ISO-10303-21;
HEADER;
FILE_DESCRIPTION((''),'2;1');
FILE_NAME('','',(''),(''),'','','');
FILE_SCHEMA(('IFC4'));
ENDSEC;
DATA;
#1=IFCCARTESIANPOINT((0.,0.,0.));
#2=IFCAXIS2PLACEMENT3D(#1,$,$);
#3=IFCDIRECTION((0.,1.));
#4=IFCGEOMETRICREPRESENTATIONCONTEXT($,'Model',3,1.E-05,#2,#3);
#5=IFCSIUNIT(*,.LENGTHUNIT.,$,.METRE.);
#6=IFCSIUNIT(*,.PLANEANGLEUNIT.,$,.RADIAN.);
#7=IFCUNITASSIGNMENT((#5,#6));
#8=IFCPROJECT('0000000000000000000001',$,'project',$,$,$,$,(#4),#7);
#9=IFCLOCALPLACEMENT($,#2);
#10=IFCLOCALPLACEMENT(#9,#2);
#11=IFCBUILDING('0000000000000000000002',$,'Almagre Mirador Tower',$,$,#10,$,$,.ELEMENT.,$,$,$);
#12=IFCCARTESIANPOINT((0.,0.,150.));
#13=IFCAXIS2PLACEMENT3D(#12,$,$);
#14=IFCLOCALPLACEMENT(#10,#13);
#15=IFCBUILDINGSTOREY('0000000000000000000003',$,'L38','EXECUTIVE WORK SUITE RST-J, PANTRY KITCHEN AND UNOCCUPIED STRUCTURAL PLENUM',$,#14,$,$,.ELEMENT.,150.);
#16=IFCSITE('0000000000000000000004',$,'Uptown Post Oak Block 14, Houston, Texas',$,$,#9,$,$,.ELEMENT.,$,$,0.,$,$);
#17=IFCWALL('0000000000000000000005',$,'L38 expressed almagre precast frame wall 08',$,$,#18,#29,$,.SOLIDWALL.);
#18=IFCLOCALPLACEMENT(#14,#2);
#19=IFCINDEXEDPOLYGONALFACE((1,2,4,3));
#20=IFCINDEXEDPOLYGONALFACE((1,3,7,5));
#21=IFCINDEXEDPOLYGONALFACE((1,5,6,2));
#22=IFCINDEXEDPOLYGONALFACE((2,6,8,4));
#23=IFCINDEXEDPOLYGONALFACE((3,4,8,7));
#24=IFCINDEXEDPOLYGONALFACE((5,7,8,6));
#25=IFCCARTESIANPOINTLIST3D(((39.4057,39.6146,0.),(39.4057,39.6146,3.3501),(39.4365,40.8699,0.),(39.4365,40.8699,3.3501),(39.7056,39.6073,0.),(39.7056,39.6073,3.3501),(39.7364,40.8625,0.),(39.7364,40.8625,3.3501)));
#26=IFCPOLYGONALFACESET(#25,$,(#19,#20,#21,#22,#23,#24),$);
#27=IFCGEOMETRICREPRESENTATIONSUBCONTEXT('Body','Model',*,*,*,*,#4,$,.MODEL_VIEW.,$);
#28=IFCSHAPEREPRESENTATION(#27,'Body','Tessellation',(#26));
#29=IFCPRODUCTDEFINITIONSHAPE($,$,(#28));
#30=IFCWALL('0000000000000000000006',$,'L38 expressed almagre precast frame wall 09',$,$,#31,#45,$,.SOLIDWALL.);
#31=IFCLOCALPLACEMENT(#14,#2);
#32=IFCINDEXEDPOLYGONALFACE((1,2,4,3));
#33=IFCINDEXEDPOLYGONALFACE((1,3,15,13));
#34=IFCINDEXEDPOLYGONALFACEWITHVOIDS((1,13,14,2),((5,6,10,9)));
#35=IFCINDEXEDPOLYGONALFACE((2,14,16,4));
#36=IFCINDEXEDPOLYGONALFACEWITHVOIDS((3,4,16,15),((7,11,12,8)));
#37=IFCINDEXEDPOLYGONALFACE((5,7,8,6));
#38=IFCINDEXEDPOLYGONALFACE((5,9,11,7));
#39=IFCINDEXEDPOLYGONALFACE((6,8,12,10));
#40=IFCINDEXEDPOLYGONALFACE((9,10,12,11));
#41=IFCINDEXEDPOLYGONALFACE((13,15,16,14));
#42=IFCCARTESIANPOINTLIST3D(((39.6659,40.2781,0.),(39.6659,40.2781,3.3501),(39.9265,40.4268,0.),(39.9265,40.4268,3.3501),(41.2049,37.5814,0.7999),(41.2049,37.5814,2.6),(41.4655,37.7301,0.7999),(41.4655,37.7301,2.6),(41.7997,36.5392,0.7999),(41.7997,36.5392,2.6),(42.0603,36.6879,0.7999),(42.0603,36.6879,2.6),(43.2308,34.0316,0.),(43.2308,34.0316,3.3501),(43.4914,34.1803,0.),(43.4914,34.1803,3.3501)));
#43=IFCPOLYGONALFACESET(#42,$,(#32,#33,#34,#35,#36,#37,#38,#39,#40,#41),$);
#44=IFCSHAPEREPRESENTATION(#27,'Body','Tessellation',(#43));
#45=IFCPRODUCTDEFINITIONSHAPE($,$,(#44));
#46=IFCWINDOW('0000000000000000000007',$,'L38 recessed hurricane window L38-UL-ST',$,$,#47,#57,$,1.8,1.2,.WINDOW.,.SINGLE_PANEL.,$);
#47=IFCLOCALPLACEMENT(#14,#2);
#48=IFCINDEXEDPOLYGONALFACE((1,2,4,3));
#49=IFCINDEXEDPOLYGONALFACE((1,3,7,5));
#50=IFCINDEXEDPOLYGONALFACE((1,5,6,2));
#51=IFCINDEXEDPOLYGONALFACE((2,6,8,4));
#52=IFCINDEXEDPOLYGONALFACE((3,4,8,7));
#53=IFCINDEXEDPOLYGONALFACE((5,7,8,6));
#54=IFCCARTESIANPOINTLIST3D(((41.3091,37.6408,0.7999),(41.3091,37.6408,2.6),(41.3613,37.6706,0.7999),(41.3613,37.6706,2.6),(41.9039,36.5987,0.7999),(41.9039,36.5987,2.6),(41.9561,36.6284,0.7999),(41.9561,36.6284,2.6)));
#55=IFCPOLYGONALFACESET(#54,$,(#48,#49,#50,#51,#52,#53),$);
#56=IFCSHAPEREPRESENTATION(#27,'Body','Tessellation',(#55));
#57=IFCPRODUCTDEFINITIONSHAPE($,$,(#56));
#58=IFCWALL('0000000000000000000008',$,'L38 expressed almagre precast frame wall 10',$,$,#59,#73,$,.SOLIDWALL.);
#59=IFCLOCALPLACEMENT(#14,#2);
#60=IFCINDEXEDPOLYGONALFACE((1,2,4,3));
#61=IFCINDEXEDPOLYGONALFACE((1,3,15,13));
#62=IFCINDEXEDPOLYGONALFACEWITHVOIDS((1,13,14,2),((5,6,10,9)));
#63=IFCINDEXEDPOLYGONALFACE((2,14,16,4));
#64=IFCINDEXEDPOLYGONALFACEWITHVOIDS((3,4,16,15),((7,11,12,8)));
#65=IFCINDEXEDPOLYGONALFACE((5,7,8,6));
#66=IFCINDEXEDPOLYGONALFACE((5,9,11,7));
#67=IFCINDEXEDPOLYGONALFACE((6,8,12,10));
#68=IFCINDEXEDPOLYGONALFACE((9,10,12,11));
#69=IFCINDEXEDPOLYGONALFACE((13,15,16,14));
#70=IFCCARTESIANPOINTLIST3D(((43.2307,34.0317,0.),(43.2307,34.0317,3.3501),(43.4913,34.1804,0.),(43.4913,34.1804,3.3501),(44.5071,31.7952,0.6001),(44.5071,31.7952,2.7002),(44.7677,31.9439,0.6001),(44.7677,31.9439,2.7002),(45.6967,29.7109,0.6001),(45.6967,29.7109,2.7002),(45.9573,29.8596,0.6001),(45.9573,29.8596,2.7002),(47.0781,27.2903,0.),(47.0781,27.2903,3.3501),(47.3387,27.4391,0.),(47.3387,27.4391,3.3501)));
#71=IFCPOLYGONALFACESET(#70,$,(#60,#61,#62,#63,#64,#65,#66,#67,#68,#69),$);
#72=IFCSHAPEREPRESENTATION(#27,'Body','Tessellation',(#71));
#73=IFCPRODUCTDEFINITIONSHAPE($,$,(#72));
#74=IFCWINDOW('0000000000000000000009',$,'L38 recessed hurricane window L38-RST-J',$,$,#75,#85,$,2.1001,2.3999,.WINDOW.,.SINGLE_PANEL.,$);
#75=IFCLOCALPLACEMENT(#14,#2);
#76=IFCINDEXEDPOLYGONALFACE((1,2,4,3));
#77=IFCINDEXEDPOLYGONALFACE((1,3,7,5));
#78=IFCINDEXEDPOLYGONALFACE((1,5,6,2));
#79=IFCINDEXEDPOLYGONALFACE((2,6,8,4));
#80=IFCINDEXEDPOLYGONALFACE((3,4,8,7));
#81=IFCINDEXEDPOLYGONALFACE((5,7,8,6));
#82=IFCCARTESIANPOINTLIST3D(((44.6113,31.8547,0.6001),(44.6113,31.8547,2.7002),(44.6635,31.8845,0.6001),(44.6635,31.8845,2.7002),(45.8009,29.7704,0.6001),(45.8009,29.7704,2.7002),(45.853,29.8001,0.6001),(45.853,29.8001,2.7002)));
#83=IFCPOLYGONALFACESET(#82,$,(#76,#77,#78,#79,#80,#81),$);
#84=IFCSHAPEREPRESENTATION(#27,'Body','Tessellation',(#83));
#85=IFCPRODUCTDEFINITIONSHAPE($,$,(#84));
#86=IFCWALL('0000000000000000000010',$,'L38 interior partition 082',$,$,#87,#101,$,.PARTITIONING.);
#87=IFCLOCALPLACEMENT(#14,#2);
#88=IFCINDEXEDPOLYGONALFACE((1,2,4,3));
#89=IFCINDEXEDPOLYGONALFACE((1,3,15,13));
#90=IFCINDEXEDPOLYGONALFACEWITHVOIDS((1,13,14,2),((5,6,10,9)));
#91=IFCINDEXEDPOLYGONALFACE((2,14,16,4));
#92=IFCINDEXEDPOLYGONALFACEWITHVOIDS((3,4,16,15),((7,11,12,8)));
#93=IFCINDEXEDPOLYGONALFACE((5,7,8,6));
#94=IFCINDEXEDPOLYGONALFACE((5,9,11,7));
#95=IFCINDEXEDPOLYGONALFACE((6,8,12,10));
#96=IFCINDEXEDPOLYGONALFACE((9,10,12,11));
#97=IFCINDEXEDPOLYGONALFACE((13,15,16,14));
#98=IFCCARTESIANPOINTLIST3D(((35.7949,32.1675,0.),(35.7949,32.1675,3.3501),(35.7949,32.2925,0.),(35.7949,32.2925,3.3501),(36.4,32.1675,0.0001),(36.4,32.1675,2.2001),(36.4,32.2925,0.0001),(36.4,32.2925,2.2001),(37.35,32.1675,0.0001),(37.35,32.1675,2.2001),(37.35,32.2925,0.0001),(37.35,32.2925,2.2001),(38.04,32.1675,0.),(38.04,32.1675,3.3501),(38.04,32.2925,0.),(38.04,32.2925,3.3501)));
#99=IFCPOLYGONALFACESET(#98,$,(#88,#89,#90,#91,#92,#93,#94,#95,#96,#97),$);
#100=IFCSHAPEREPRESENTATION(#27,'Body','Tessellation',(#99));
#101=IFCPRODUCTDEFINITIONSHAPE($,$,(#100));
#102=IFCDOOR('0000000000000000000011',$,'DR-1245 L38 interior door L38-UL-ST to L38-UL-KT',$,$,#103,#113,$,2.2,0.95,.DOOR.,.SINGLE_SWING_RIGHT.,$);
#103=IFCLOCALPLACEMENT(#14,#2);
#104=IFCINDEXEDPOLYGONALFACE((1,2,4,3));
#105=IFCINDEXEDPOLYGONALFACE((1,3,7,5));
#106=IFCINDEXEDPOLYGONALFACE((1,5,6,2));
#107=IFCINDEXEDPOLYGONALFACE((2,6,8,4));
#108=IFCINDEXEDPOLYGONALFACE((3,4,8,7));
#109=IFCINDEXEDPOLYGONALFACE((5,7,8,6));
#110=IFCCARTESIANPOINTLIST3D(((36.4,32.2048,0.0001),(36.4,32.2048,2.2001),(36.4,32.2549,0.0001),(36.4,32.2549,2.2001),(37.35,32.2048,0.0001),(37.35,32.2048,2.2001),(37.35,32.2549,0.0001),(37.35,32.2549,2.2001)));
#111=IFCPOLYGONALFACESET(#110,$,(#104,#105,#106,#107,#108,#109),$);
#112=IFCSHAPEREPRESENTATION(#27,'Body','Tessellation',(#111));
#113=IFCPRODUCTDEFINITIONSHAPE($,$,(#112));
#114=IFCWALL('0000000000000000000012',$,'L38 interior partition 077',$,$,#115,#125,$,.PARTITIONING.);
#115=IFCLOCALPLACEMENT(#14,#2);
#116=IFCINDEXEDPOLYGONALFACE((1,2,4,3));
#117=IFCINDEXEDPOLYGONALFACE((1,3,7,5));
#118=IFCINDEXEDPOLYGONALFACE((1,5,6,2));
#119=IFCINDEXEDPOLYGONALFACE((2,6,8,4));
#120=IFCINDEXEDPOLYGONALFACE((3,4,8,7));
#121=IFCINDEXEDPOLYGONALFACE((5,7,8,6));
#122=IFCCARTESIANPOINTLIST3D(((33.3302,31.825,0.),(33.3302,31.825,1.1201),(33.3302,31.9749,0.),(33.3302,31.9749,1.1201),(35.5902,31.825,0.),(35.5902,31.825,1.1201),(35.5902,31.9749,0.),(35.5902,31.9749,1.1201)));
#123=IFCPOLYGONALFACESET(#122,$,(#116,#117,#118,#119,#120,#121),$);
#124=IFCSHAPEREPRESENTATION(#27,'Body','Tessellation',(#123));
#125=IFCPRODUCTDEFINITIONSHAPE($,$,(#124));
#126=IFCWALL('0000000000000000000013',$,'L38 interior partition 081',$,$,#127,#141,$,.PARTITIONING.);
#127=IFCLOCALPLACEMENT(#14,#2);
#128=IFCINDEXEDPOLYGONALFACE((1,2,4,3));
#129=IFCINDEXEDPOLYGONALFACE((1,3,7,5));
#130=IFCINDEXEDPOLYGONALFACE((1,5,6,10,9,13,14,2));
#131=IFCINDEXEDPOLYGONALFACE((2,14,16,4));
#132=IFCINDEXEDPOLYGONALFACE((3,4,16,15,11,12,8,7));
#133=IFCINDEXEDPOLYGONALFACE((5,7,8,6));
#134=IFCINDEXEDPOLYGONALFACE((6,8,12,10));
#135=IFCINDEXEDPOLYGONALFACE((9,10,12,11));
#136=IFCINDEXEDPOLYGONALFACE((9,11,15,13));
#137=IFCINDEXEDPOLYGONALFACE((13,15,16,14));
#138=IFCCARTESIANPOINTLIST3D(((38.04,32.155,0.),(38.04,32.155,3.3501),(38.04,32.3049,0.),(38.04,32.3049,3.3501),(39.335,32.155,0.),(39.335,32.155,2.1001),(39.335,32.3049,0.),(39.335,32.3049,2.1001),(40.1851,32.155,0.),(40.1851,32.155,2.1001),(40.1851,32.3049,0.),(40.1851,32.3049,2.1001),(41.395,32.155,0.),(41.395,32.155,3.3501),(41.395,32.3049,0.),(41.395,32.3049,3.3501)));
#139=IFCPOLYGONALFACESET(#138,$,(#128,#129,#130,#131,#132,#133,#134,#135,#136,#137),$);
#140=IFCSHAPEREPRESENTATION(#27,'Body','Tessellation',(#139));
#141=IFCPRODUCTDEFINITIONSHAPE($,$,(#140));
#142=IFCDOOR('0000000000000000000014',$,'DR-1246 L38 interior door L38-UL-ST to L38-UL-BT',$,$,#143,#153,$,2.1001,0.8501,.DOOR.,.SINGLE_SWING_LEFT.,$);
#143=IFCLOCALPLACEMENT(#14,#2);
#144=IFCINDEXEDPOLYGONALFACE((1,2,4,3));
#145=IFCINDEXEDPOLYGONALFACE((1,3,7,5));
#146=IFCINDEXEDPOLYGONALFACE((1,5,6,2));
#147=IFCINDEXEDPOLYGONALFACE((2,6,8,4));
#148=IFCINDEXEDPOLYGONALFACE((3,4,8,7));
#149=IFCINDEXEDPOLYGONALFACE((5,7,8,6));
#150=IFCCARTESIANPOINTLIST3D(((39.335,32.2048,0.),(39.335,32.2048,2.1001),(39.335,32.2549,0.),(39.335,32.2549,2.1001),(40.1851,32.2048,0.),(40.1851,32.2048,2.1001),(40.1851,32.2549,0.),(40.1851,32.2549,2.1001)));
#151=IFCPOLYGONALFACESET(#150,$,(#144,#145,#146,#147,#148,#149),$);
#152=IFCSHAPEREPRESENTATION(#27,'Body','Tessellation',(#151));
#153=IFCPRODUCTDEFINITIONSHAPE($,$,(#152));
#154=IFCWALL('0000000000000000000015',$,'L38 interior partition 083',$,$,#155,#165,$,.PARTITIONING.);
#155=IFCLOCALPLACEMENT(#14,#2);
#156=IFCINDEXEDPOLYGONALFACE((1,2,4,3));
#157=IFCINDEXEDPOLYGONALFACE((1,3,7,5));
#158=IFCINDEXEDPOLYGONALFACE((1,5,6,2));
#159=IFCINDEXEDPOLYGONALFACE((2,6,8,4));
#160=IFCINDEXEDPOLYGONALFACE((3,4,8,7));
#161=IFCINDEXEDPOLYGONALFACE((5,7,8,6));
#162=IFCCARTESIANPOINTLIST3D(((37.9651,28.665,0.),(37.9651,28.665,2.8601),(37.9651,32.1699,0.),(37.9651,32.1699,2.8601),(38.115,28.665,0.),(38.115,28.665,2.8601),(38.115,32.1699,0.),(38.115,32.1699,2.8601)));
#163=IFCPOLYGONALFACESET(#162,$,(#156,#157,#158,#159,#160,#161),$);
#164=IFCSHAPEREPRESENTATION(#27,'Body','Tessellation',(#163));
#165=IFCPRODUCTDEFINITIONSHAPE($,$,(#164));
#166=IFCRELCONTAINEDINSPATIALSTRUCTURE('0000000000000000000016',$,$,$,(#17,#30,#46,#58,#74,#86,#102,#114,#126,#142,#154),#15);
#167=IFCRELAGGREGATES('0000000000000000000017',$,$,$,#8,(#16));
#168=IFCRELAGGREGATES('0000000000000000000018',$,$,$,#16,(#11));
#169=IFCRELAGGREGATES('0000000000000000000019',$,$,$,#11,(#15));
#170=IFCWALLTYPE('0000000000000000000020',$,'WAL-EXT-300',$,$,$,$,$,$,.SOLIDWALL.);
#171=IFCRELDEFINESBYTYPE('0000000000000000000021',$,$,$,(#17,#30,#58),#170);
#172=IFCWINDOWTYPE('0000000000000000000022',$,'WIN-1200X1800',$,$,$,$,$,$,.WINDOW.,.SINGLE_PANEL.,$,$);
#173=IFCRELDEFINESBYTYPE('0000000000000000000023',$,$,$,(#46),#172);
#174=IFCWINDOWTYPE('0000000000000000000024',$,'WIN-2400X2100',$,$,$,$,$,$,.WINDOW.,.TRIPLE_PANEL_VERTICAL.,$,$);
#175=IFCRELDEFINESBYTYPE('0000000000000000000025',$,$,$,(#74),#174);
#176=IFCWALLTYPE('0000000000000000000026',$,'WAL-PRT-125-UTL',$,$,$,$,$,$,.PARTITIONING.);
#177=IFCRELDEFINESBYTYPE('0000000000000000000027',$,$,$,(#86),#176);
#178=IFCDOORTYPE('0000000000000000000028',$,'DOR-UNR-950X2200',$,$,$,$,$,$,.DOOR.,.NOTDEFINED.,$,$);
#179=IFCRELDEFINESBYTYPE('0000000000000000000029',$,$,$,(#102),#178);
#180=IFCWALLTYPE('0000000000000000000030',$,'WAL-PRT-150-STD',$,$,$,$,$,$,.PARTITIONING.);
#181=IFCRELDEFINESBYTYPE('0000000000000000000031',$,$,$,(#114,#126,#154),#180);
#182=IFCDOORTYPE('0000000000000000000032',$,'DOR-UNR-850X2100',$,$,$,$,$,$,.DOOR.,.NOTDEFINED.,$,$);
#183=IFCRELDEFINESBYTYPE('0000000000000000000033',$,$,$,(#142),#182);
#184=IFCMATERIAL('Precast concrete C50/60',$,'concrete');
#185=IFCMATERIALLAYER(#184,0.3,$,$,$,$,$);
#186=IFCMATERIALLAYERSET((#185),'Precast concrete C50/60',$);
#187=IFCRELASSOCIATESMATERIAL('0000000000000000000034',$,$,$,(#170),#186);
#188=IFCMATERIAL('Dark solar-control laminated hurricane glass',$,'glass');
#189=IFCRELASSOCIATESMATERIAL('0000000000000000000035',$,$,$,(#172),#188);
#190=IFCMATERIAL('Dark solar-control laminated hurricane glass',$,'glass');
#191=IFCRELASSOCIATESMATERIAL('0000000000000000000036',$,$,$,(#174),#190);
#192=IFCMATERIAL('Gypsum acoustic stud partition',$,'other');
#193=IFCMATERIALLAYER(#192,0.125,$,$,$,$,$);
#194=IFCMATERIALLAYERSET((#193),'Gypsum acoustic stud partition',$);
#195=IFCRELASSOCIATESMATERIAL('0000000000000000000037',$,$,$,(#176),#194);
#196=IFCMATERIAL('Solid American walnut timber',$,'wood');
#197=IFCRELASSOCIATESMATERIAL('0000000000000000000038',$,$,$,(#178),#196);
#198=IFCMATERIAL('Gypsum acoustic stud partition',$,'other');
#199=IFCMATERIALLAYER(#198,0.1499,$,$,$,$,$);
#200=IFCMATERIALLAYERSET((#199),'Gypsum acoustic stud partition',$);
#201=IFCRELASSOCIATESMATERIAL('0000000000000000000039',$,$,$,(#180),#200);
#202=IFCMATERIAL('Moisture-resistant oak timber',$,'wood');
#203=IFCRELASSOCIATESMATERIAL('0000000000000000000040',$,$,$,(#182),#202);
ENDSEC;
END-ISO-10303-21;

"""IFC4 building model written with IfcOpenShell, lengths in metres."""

from ifc_helpers import new_model, si_unit, direction, frame, frame_2d, origin, place, context, subcontext, project, spatial, rectangle, extrude, material, layer, layer_set, type_object, element, fill, save


model = new_model("IFC4")

# Units and contexts
model_context = context("Model", 3, precision=1e-05, world=origin(), true_north=direction((0.0, 1.0)))
body_context = subcontext(model_context, "Body", "Model", "MODEL_VIEW")
ifc_project = project(units=[si_unit("LENGTHUNIT", "METRE"), si_unit("PLANEANGLEUNIT", "RADIAN")], contexts=[model_context])

# Site, building, storey
site_placement = place(None, origin())
site = spatial("IfcSite", under=ifc_project, at=site_placement, Name="Uptown Post Oak Block 14, Houston, Texas", CompositionType="ELEMENT", RefElevation=0.0)
building_placement = place(site_placement, origin())
building = spatial("IfcBuilding", under=site, at=building_placement, Name="Almagre Mirador Tower", CompositionType="ELEMENT")
storey_placement = place(building_placement, frame((0.0, 0.0, 150.0)))
storey = spatial("IfcBuildingStorey", under=building, at=storey_placement, Name="L38", Description="EXECUTIVE WORK SUITE RST-J, PANTRY KITCHEN AND UNOCCUPIED STRUCTURAL PLENUM", CompositionType="ELEMENT", Elevation=150.0)

# Shared definitions
ifc_material_1 = material(Name="Precast concrete C50/60", Category="concrete")
ifc_layer_1 = layer(ifc_material_1, 0.3)
ifc_layer_set_1 = layer_set([ifc_layer_1], Name="Precast concrete C50/60")
wall_type_1 = type_object("IfcWallType", Name="WAL-EXT-300", PredefinedType="SOLIDWALL", material=ifc_layer_set_1)

# Shared definitions
ifc_material_2 = material(Name="Dark solar-control laminated hurricane glass", Category="glass")
window_type_1 = type_object("IfcWindowType", Name="WIN-1200X1800", PartitioningType="SINGLE_PANEL", PredefinedType="WINDOW", material=ifc_material_2)

# Wall
wall_1_placement = place(storey_placement, frame((39.5557, 39.6108, 0.0), z_axis=(0.0, 0.0, 1.0), x_axis=(0.024501, 0.9997, 0.0)))
element("IfcWall", 1, at=wall_1_placement, inside=storey, type_object=wall_type_1, Name="L38 expressed almagre precast frame wall 08", PredefinedType="SOLIDWALL", context=body_context, shape_type="SweptSolid", body=[
    extrude(rectangle(XDim=1.2556, YDim=0.3, at=frame_2d((0.6279, 0.0))), origin(), (0.0, 0.0, 1.0), 3.3501),
])

# Walls, openings, windows
wall_2_placement = place(storey_placement, frame((39.7961, 40.3525, 0.0), z_axis=(0.0, 0.0, 1.0), x_axis=(0.495664, -0.868515, 0.0)))
wall_2 = element("IfcWall", 2, at=wall_2_placement, inside=storey, type_object=wall_type_1, Name="L38 expressed almagre precast frame wall 09", PredefinedType="SOLIDWALL", context=body_context, shape_type="SweptSolid", body=[
    extrude(rectangle(XDim=7.1921, YDim=0.3, at=frame_2d((3.5962, 0.0))), origin(), (0.0, 0.0, 1.0), 3.3501),
])
opening_1_placement = place(wall_2_placement, frame((3.105, 0.0, 0.8)))
opening_1 = element("IfcOpeningElement", 3, at=opening_1_placement, cuts=wall_2, PredefinedType="OPENING", context=body_context, shape_type="SweptSolid", body=[
    extrude(rectangle(XDim=1.2, YDim=1.8, at=frame_2d((0.6001, 0.8999))), frame((0.0, 0.1599, 0.0), z_axis=(0.0, -1.0, 0.0), x_axis=(1.0, 0.0, 0.0)), (0.0, 0.0, 1.0), 0.32),
])
window_1_placement = place(opening_1_placement, origin())
window_1 = element("IfcWindow", 4, at=window_1_placement, inside=storey, type_object=window_type_1, Name="L38 recessed hurricane window L38-UL-ST", OverallHeight=1.8, OverallWidth=1.2, PartitioningType="SINGLE_PANEL", PredefinedType="WINDOW", context=body_context, shape_type="SweptSolid", body=[
    extrude(rectangle(XDim=1.2, YDim=1.8, at=frame_2d((0.6001, 0.8999))), frame((0.0, 0.03, 0.0), z_axis=(0.0, -1.0, 0.0), x_axis=(1.0, 0.0, 0.0)), (0.0, 0.0, 1.0), 0.0601),
])
fill(opening_1, window_1)
wall_3_placement = place(storey_placement, frame((43.3611, 34.106, 0.0), z_axis=(0.0, 0.0, 1.0), x_axis=(0.495668, -0.868512, 0.0)))
wall_3 = element("IfcWall", 5, at=wall_3_placement, inside=storey, type_object=wall_type_1, Name="L38 expressed almagre precast frame wall 10", PredefinedType="SOLIDWALL", context=body_context, shape_type="SweptSolid", body=[
    extrude(rectangle(XDim=7.762, YDim=0.3, at=frame_2d((3.8809, 0.0))), origin(), (0.0, 0.0, 1.0), 3.3501),
])
opening_2_placement = place(wall_3_placement, frame((2.575, 0.0, 0.6001)))
opening_2 = element("IfcOpeningElement", 6, at=opening_2_placement, cuts=wall_3, PredefinedType="OPENING", context=body_context, shape_type="SweptSolid", body=[
    extrude(rectangle(XDim=2.3999, YDim=2.1001, at=frame_2d((1.2, 1.05))), frame((0.0, 0.1599, 0.0), z_axis=(0.0, -1.0, 0.0), x_axis=(1.0, 0.0, 0.0)), (0.0, 0.0, 1.0), 0.32),
])
ifc_material_3 = material(Name="Dark solar-control laminated hurricane glass", Category="glass")
window_type_2 = type_object("IfcWindowType", Name="WIN-2400X2100", PartitioningType="TRIPLE_PANEL_VERTICAL", PredefinedType="WINDOW", material=ifc_material_3)
window_2_placement = place(opening_2_placement, origin())
window_2 = element("IfcWindow", 7, at=window_2_placement, inside=storey, type_object=window_type_2, Name="L38 recessed hurricane window L38-RST-J", OverallHeight=2.1001, OverallWidth=2.3999, PartitioningType="SINGLE_PANEL", PredefinedType="WINDOW", context=body_context, shape_type="SweptSolid", body=[
    extrude(rectangle(XDim=2.3999, YDim=2.1001, at=frame_2d((1.2, 1.05))), frame((0.0, 0.03, 0.0), z_axis=(0.0, -1.0, 0.0), x_axis=(1.0, 0.0, 0.0)), (0.0, 0.0, 1.0), 0.0601),
])
fill(opening_2, window_2)

# Wall, opening, door
ifc_material_4 = material(Name="Gypsum acoustic stud partition", Category="other")
ifc_layer_2 = layer(ifc_material_4, 0.125)
ifc_layer_set_2 = layer_set([ifc_layer_2], Name="Gypsum acoustic stud partition")
wall_type_2 = type_object("IfcWallType", Name="WAL-PRT-125-UTL", PredefinedType="PARTITIONING", material=ifc_layer_set_2)
wall_4_placement = place(storey_placement, frame((35.7949, 32.23, 0.0), z_axis=(0.0, 0.0, 1.0), x_axis=(1.0, 0.0, 0.0)))
wall_4 = element("IfcWall", 8, at=wall_4_placement, inside=storey, type_object=wall_type_2, Name="L38 interior partition 082", PredefinedType="PARTITIONING", context=body_context, shape_type="SweptSolid", body=[
    extrude(rectangle(XDim=2.2451, YDim=0.125, at=frame_2d((1.1226, 0.0))), origin(), (0.0, 0.0, 1.0), 3.3501),
])
opening_3_placement = place(wall_4_placement, frame((0.605, 0.0, 0.0)))
opening_3 = element("IfcOpeningElement", 9, at=opening_3_placement, cuts=wall_4, PredefinedType="OPENING", context=body_context, shape_type="SweptSolid", body=[
    extrude(rectangle(XDim=0.95, YDim=2.2, at=frame_2d((0.4751, 1.1001))), frame((0.0, 0.0725, 0.0), z_axis=(0.0, -1.0, 0.0), x_axis=(1.0, 0.0, 0.0)), (0.0, 0.0, 1.0), 0.145),
])
ifc_material_5 = material(Name="Solid American walnut timber", Category="wood")
door_type_1 = type_object("IfcDoorType", Name="DOR-UNR-950X2200", OperationType="NOTDEFINED", PredefinedType="DOOR", material=ifc_material_5)
door_1_placement = place(opening_3_placement, origin())
door_1 = element("IfcDoor", 10, at=door_1_placement, inside=storey, type_object=door_type_1, Name="DR-1245 L38 interior door L38-UL-ST to L38-UL-KT", OperationType="SINGLE_SWING_RIGHT", OverallHeight=2.2, OverallWidth=0.95, PredefinedType="DOOR", context=body_context, shape_type="SweptSolid", body=[
    extrude(rectangle(XDim=0.95, YDim=2.2, at=frame_2d((0.4751, 1.1001))), frame((0.0, 0.0249, 0.0), z_axis=(0.0, -1.0, 0.0), x_axis=(1.0, 0.0, 0.0)), (0.0, 0.0, 1.0), 0.05),
])
fill(opening_3, door_1)

# Wall
ifc_material_6 = material(Name="Gypsum acoustic stud partition", Category="other")
ifc_layer_3 = layer(ifc_material_6, 0.1499)
ifc_layer_set_3 = layer_set([ifc_layer_3], Name="Gypsum acoustic stud partition")
wall_type_3 = type_object("IfcWallType", Name="WAL-PRT-150-STD", PredefinedType="PARTITIONING", material=ifc_layer_set_3)
wall_5_placement = place(storey_placement, frame((35.5901, 31.8999, 0.0), z_axis=(0.0, 0.0, 1.0), x_axis=(-1.0, 0.0, 0.0)))
element("IfcWall", 11, at=wall_5_placement, inside=storey, type_object=wall_type_3, Name="L38 interior partition 077", PredefinedType="PARTITIONING", context=body_context, shape_type="SweptSolid", body=[
    extrude(rectangle(XDim=2.26, YDim=0.1499, at=frame_2d((1.1299, 0.0))), origin(), (0.0, 0.0, 1.0), 1.1201),
])

# Wall, opening, door
wall_6_placement = place(storey_placement, frame((38.04, 32.23, 0.0), z_axis=(0.0, 0.0, 1.0), x_axis=(1.0, 0.0, 0.0)))
wall_6 = element("IfcWall", 12, at=wall_6_placement, inside=storey, type_object=wall_type_3, Name="L38 interior partition 081", PredefinedType="PARTITIONING", context=body_context, shape_type="SweptSolid", body=[
    extrude(rectangle(XDim=3.355, YDim=0.1499, at=frame_2d((1.6775, 0.0))), origin(), (0.0, 0.0, 1.0), 3.3501),
])
opening_4_placement = place(wall_6_placement, frame((1.2949, 0.0, 0.0)))
opening_4 = element("IfcOpeningElement", 13, at=opening_4_placement, cuts=wall_6, PredefinedType="OPENING", context=body_context, shape_type="SweptSolid", body=[
    extrude(rectangle(XDim=0.8501, YDim=2.1001, at=frame_2d((0.425, 1.05))), frame((0.0, 0.085, 0.0), z_axis=(0.0, -1.0, 0.0), x_axis=(1.0, 0.0, 0.0)), (0.0, 0.0, 1.0), 0.1699),
])
ifc_material_7 = material(Name="Moisture-resistant oak timber", Category="wood")
door_type_2 = type_object("IfcDoorType", Name="DOR-UNR-850X2100", OperationType="NOTDEFINED", PredefinedType="DOOR", material=ifc_material_7)
door_2_placement = place(opening_4_placement, origin())
door_2 = element("IfcDoor", 14, at=door_2_placement, inside=storey, type_object=door_type_2, Name="DR-1246 L38 interior door L38-UL-ST to L38-UL-BT", OperationType="SINGLE_SWING_LEFT", OverallHeight=2.1001, OverallWidth=0.8501, PredefinedType="DOOR", context=body_context, shape_type="SweptSolid", body=[
    extrude(rectangle(XDim=0.8501, YDim=2.1001, at=frame_2d((0.425, 1.05))), frame((0.0, 0.0249, 0.0), z_axis=(0.0, -1.0, 0.0), x_axis=(1.0, 0.0, 0.0)), (0.0, 0.0, 1.0), 0.05),
])
fill(opening_4, door_2)

# Wall
wall_7_placement = place(storey_placement, frame((38.04, 32.1699, 0.0), z_axis=(0.0, 0.0, 1.0), x_axis=(0.0, -1.0, 0.0)))
element("IfcWall", 15, at=wall_7_placement, inside=storey, type_object=wall_type_3, Name="L38 interior partition 083", PredefinedType="PARTITIONING", context=body_context, shape_type="SweptSolid", body=[
    extrude(rectangle(XDim=3.5049, YDim=0.1499, at=frame_2d((1.7524, 0.0))), origin(), (0.0, 0.0, 1.0), 2.8601),
])

save(model, "model.ifc")
